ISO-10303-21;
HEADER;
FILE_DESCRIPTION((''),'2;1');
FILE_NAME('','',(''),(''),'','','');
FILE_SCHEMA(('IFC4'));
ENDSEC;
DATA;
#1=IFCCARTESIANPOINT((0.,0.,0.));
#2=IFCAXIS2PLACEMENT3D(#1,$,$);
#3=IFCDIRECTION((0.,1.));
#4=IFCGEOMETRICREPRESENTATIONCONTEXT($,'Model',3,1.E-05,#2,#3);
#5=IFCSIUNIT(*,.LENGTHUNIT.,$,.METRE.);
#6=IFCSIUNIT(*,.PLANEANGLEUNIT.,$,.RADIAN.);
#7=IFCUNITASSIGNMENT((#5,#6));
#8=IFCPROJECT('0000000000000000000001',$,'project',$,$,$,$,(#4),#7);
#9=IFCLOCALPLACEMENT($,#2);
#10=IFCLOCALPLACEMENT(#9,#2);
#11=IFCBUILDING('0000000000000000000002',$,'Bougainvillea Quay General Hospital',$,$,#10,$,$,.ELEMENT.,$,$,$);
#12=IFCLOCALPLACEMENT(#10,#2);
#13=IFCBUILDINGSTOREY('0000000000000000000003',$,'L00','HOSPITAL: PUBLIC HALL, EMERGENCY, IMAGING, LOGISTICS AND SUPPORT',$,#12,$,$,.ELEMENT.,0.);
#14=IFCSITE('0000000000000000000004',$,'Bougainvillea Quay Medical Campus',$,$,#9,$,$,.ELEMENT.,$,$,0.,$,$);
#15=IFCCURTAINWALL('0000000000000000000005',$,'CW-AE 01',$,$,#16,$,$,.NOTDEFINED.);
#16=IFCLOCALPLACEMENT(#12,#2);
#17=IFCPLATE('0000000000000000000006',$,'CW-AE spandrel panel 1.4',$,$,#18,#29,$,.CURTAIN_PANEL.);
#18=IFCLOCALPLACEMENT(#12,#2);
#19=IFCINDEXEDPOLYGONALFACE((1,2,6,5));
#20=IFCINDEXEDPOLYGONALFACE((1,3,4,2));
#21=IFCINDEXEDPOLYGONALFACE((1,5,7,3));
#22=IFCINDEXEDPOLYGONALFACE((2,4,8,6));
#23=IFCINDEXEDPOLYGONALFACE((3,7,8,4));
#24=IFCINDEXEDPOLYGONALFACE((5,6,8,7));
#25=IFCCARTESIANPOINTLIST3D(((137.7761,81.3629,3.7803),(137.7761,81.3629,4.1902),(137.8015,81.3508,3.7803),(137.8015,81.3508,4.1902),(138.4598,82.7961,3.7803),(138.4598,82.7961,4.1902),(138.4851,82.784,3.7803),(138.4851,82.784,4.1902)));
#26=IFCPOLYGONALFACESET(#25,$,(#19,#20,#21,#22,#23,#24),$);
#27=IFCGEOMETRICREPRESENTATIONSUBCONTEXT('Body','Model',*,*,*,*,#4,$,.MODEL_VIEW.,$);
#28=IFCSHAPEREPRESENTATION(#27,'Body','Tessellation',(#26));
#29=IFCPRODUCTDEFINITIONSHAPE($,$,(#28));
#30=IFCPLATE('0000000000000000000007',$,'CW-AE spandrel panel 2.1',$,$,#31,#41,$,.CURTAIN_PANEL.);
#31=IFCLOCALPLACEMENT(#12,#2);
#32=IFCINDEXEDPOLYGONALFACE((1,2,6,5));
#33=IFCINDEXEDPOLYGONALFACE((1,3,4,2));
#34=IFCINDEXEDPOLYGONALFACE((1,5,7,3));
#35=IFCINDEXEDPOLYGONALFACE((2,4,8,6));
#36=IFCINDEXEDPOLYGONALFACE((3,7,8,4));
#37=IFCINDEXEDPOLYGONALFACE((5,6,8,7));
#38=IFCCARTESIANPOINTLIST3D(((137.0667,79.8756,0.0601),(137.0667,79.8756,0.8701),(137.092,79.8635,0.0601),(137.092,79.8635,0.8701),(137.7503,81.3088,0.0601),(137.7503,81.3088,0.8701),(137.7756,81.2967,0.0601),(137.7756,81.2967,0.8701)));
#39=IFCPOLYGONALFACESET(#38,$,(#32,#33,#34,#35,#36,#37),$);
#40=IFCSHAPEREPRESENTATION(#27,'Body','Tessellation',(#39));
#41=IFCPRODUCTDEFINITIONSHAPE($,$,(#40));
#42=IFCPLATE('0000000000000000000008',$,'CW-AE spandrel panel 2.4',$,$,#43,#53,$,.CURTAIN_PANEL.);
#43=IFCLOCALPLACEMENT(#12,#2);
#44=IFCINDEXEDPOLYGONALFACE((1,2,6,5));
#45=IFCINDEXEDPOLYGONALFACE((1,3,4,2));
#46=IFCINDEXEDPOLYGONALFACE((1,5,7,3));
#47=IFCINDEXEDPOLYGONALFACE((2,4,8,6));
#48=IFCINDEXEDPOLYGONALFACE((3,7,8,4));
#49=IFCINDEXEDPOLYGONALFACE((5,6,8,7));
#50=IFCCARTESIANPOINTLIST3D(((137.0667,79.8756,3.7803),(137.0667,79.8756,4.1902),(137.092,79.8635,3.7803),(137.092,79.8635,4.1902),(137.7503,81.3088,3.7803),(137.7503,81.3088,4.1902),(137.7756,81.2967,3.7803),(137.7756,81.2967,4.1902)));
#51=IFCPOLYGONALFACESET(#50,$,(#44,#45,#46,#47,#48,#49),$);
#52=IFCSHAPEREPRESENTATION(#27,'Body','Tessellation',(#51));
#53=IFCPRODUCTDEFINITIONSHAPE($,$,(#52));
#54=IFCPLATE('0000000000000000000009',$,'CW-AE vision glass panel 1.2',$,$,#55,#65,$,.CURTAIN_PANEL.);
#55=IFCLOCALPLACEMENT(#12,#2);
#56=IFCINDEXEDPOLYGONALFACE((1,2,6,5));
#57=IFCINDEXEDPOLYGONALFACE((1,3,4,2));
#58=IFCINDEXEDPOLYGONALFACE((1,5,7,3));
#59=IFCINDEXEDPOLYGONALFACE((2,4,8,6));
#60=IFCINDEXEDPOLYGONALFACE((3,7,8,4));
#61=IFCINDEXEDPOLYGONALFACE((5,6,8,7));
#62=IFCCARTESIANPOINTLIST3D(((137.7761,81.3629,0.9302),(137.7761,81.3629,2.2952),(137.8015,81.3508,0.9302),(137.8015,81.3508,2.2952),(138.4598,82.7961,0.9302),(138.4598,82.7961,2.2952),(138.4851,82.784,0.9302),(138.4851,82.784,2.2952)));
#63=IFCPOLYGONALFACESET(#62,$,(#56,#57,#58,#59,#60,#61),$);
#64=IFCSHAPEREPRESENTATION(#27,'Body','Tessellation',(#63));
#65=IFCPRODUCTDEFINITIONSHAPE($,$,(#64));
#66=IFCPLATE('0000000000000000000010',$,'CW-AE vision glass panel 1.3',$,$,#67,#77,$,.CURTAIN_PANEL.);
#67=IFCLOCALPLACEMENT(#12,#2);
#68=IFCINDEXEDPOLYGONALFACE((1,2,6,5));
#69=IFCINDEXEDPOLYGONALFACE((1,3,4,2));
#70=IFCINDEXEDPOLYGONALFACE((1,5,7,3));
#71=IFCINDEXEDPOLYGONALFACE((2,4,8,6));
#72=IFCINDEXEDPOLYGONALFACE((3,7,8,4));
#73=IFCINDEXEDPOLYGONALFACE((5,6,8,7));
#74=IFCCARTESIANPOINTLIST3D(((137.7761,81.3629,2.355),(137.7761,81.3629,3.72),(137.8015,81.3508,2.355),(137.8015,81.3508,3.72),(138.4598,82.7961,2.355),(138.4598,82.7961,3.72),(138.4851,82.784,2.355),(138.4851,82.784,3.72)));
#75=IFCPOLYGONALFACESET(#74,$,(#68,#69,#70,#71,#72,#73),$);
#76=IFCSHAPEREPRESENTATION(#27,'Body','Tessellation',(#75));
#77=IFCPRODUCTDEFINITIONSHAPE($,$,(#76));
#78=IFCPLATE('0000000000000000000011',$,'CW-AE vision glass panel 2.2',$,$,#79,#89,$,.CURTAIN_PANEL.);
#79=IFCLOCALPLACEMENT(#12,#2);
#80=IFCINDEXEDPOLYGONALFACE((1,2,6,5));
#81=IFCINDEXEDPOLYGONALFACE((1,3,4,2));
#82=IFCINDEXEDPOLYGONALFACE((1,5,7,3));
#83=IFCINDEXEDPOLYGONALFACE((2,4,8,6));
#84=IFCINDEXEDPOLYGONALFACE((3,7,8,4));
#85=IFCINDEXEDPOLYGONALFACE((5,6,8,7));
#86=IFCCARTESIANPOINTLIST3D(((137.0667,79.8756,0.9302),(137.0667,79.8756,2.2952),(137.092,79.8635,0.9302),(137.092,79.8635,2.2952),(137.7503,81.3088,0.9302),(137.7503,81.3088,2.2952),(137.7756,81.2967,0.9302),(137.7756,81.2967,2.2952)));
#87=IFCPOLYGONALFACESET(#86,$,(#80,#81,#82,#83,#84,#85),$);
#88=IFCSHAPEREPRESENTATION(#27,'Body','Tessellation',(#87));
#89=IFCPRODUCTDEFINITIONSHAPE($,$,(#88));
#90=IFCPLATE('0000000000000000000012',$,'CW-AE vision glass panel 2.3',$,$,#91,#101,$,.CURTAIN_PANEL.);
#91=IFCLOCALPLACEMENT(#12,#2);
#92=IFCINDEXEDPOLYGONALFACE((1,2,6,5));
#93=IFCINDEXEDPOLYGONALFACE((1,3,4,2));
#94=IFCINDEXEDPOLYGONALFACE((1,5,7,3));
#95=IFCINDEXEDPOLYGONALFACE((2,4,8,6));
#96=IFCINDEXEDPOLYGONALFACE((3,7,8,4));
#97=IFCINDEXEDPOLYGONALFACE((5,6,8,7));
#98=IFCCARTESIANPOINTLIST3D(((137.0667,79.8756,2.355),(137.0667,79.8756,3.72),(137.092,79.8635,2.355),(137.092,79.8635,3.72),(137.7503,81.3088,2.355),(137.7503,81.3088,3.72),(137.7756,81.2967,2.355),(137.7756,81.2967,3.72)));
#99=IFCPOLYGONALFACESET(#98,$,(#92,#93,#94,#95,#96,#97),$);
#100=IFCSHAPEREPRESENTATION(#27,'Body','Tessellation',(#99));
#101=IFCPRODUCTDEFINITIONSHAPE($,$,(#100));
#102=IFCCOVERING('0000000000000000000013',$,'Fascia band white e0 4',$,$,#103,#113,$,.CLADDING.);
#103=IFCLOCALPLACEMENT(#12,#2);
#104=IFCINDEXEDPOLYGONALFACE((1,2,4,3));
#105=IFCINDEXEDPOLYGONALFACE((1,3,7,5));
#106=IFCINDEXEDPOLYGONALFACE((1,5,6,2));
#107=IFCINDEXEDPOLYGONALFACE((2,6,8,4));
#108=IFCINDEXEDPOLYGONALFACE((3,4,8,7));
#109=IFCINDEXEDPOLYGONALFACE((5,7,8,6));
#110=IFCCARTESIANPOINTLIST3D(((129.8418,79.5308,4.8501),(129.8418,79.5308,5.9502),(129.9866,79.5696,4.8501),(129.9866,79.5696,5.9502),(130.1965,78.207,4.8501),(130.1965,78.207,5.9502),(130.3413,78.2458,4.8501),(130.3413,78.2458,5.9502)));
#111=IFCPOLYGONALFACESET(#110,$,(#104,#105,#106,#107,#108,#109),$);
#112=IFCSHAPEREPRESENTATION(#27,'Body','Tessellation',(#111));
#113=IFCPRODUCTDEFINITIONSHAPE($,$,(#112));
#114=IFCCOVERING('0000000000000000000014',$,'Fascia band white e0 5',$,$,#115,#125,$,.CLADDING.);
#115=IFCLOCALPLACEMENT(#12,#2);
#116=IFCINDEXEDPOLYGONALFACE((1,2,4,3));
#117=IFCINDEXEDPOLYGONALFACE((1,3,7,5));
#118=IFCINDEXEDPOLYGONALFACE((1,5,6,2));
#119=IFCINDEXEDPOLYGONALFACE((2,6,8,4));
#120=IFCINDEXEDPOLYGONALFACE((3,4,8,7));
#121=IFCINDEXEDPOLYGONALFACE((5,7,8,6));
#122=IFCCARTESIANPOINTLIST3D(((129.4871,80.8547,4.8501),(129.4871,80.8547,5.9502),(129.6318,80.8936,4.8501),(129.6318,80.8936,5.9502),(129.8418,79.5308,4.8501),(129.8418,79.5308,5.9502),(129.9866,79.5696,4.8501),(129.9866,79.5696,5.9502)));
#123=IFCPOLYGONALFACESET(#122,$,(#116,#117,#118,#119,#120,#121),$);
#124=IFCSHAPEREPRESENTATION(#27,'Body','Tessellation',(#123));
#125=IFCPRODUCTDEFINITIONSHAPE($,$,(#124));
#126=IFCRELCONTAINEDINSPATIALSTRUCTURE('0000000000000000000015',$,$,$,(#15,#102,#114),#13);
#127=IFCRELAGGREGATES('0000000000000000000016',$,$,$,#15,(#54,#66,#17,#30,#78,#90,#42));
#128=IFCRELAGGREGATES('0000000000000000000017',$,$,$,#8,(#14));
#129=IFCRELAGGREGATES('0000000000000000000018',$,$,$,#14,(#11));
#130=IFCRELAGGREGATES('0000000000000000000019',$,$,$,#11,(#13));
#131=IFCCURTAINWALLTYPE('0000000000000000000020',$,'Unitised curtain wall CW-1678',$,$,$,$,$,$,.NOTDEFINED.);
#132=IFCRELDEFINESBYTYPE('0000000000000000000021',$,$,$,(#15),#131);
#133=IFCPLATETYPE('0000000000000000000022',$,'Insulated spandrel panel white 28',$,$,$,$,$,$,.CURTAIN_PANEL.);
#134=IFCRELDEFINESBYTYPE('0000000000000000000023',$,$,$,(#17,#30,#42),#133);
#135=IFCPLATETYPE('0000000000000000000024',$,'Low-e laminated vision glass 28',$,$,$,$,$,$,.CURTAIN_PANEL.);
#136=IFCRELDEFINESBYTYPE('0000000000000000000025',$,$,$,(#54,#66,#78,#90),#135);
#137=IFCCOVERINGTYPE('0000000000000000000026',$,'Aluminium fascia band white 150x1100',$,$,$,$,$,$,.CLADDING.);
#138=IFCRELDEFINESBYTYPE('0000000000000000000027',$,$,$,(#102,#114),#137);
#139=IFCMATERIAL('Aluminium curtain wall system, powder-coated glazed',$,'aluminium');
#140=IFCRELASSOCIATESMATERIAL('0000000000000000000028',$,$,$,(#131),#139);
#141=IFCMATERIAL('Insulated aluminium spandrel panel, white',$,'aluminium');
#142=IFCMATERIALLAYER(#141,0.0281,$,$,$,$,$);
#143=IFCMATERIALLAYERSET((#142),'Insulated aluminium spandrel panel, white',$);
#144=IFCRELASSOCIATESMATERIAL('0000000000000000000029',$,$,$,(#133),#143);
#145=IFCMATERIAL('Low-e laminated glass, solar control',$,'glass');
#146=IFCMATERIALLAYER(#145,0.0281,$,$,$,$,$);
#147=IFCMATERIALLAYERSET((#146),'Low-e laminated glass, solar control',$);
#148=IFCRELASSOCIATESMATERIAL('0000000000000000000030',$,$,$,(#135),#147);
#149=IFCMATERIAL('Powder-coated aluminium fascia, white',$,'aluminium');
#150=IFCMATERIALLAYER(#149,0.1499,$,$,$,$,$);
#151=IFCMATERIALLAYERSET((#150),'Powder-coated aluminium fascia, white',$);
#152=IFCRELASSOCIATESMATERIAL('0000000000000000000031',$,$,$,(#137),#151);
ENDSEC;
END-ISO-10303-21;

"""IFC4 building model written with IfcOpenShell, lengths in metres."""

from ifc_helpers import new_model, si_unit, direction, frame, origin, origin_2d, place, context, subcontext, project, spatial, polyline, rectangle, outline, extrude, material, layer, layer_set, type_object, element, aggregate, save


model = new_model("IFC4")

# Units and contexts
model_context = context("Model", 3, precision=1e-05, world=origin(), true_north=direction((0.0, 1.0)))
body_context = subcontext(model_context, "Body", "Model", "MODEL_VIEW")
ifc_project = project(units=[si_unit("LENGTHUNIT", "METRE"), si_unit("PLANEANGLEUNIT", "RADIAN")], contexts=[model_context])

# Site, building, storey
site_placement = place(None, origin())
site = spatial("IfcSite", under=ifc_project, at=site_placement, Name="Bougainvillea Quay Medical Campus", CompositionType="ELEMENT", RefElevation=0.0)
building_placement = place(site_placement, origin())
building = spatial("IfcBuilding", under=site, at=building_placement, Name="Bougainvillea Quay General Hospital", CompositionType="ELEMENT")
storey_placement = place(building_placement, origin())
storey = spatial("IfcBuildingStorey", under=building, at=storey_placement, Name="L00", Description="HOSPITAL: PUBLIC HALL, EMERGENCY, IMAGING, LOGISTICS AND SUPPORT", CompositionType="ELEMENT", Elevation=0.0)

# Curtain wall, plates
ifc_material_1 = material(Name="Aluminium curtain wall system, powder-coated glazed", Category="aluminium")
curtain_wall_type = type_object("IfcCurtainWallType", Name="Unitised curtain wall CW-1678", PredefinedType="NOTDEFINED", material=ifc_material_1)
curtain_wall_placement = place(storey_placement, origin())
curtain_wall = element("IfcCurtainWall", 1, at=curtain_wall_placement, inside=storey, type_object=curtain_wall_type, Name="CW-AE 01", PredefinedType="NOTDEFINED")
ifc_material_2 = material(Name="Insulated aluminium spandrel panel, white", Category="aluminium")
ifc_layer_1 = layer(ifc_material_2, 0.0281)
ifc_layer_set_1 = layer_set([ifc_layer_1], Name="Insulated aluminium spandrel panel, white")
plate_type_1 = type_object("IfcPlateType", Name="Insulated spandrel panel white 28", PredefinedType="CURTAIN_PANEL", material=ifc_layer_set_1)
plate_1_placement = place(storey_placement, frame((138.1306, 82.0735, 3.7803), z_axis=(0.0, 0.0, 1.0), x_axis=(-0.43053, -0.902576, 0.0)))
plate_1 = element("IfcPlate", 2, at=plate_1_placement, type_object=plate_type_1, Name="CW-AE spandrel panel 1.4", PredefinedType="CURTAIN_PANEL", context=body_context, shape_type="SweptSolid", body=[
    extrude(rectangle(XDim=1.5879, YDim=0.0281, at=origin_2d()), origin(), (0.0, 0.0, 1.0), 0.4099),
])
plate_2_placement = place(storey_placement, frame((137.4211, 80.5862, 0.0601), z_axis=(0.0, 0.0, 1.0), x_axis=(-0.43053, -0.902576, 0.0)))
plate_2 = element("IfcPlate", 3, at=plate_2_placement, type_object=plate_type_1, Name="CW-AE spandrel panel 2.1", PredefinedType="CURTAIN_PANEL", context=body_context, shape_type="SweptSolid", body=[
    extrude(rectangle(XDim=1.5879, YDim=0.0281, at=origin_2d()), origin(), (0.0, 0.0, 1.0), 0.8101),
])
plate_3_placement = place(storey_placement, frame((137.4211, 80.5862, 3.7803), z_axis=(0.0, 0.0, 1.0), x_axis=(-0.43053, -0.902576, 0.0)))
plate_3 = element("IfcPlate", 4, at=plate_3_placement, type_object=plate_type_1, Name="CW-AE spandrel panel 2.4", PredefinedType="CURTAIN_PANEL", context=body_context, shape_type="SweptSolid", body=[
    extrude(rectangle(XDim=1.5879, YDim=0.0281, at=origin_2d()), origin(), (0.0, 0.0, 1.0), 0.4099),
])
ifc_material_3 = material(Name="Low-e laminated glass, solar control", Category="glass")
ifc_layer_2 = layer(ifc_material_3, 0.0281)
ifc_layer_set_2 = layer_set([ifc_layer_2], Name="Low-e laminated glass, solar control")
plate_type_2 = type_object("IfcPlateType", Name="Low-e laminated vision glass 28", PredefinedType="CURTAIN_PANEL", material=ifc_layer_set_2)
plate_4_placement = place(storey_placement, frame((138.1306, 82.0735, 0.9302), z_axis=(0.0, 0.0, 1.0), x_axis=(-0.43053, -0.902576, 0.0)))
plate_4 = element("IfcPlate", 5, at=plate_4_placement, type_object=plate_type_2, Name="CW-AE vision glass panel 1.2", PredefinedType="CURTAIN_PANEL", context=body_context, shape_type="SweptSolid", body=[
    extrude(rectangle(XDim=1.5879, YDim=0.0281, at=origin_2d()), origin(), (0.0, 0.0, 1.0), 1.365),
])
plate_5_placement = place(storey_placement, frame((138.1306, 82.0735, 2.355), z_axis=(0.0, 0.0, 1.0), x_axis=(-0.43053, -0.902576, 0.0)))
plate_5 = element("IfcPlate", 6, at=plate_5_placement, type_object=plate_type_2, Name="CW-AE vision glass panel 1.3", PredefinedType="CURTAIN_PANEL", context=body_context, shape_type="SweptSolid", body=[
    extrude(rectangle(XDim=1.5879, YDim=0.0281, at=origin_2d()), origin(), (0.0, 0.0, 1.0), 1.365),
])
plate_6_placement = place(storey_placement, frame((137.4211, 80.5862, 0.9302), z_axis=(0.0, 0.0, 1.0), x_axis=(-0.43053, -0.902576, 0.0)))
plate_6 = element("IfcPlate", 7, at=plate_6_placement, type_object=plate_type_2, Name="CW-AE vision glass panel 2.2", PredefinedType="CURTAIN_PANEL", context=body_context, shape_type="SweptSolid", body=[
    extrude(rectangle(XDim=1.5879, YDim=0.0281, at=origin_2d()), origin(), (0.0, 0.0, 1.0), 1.365),
])
plate_7_placement = place(storey_placement, frame((137.4211, 80.5862, 2.355), z_axis=(0.0, 0.0, 1.0), x_axis=(-0.43053, -0.902576, 0.0)))
plate_7 = element("IfcPlate", 8, at=plate_7_placement, type_object=plate_type_2, Name="CW-AE vision glass panel 2.3", PredefinedType="CURTAIN_PANEL", context=body_context, shape_type="SweptSolid", body=[
    extrude(rectangle(XDim=1.5879, YDim=0.0281, at=origin_2d()), origin(), (0.0, 0.0, 1.0), 1.365),
])
aggregate(curtain_wall, [plate_4, plate_5, plate_1, plate_2, plate_6, plate_7, plate_3])

# Coverings
ifc_material_4 = material(Name="Powder-coated aluminium fascia, white", Category="aluminium")
ifc_layer_3 = layer(ifc_material_4, 0.1499)
ifc_layer_set_3 = layer_set([ifc_layer_3], Name="Powder-coated aluminium fascia, white")
covering_type = type_object("IfcCoveringType", Name="Aluminium fascia band white 150x1100", PredefinedType="CLADDING", material=ifc_layer_set_3)
covering_1_placement = place(storey_placement, frame((130.1965, 78.207, 4.8501), z_axis=(0.0, 0.0, 1.0), x_axis=(-0.258849, 0.965918, 0.0)))
element("IfcCovering", 9, at=covering_1_placement, inside=storey, type_object=covering_type, Name="Fascia band white e0 4", PredefinedType="CLADDING", context=body_context, shape_type="SweptSolid", body=[
    extrude(outline(polyline([(0.0, 0.0), (1.3704, 0.0), (1.3705, -0.1499), (0.0, -0.1499), (0.0, 0.0)])), origin(), (0.0, 0.0, 1.0), 1.1001),
])
covering_2_placement = place(storey_placement, frame((129.8418, 79.5308, 4.8501), z_axis=(0.0, 0.0, 1.0), x_axis=(-0.258804, 0.96593, 0.0)))
element("IfcCovering", 10, at=covering_2_placement, inside=storey, type_object=covering_type, Name="Fascia band white e0 5", PredefinedType="CLADDING", context=body_context, shape_type="SweptSolid", body=[
    extrude(outline(polyline([(0.0, 0.0), (1.3707, 0.0), (1.3707, -0.1499), (0.0, -0.1499), (0.0, 0.0)])), origin(), (0.0, 0.0, 1.0), 1.1001),
])

save(model, "model.ifc")
